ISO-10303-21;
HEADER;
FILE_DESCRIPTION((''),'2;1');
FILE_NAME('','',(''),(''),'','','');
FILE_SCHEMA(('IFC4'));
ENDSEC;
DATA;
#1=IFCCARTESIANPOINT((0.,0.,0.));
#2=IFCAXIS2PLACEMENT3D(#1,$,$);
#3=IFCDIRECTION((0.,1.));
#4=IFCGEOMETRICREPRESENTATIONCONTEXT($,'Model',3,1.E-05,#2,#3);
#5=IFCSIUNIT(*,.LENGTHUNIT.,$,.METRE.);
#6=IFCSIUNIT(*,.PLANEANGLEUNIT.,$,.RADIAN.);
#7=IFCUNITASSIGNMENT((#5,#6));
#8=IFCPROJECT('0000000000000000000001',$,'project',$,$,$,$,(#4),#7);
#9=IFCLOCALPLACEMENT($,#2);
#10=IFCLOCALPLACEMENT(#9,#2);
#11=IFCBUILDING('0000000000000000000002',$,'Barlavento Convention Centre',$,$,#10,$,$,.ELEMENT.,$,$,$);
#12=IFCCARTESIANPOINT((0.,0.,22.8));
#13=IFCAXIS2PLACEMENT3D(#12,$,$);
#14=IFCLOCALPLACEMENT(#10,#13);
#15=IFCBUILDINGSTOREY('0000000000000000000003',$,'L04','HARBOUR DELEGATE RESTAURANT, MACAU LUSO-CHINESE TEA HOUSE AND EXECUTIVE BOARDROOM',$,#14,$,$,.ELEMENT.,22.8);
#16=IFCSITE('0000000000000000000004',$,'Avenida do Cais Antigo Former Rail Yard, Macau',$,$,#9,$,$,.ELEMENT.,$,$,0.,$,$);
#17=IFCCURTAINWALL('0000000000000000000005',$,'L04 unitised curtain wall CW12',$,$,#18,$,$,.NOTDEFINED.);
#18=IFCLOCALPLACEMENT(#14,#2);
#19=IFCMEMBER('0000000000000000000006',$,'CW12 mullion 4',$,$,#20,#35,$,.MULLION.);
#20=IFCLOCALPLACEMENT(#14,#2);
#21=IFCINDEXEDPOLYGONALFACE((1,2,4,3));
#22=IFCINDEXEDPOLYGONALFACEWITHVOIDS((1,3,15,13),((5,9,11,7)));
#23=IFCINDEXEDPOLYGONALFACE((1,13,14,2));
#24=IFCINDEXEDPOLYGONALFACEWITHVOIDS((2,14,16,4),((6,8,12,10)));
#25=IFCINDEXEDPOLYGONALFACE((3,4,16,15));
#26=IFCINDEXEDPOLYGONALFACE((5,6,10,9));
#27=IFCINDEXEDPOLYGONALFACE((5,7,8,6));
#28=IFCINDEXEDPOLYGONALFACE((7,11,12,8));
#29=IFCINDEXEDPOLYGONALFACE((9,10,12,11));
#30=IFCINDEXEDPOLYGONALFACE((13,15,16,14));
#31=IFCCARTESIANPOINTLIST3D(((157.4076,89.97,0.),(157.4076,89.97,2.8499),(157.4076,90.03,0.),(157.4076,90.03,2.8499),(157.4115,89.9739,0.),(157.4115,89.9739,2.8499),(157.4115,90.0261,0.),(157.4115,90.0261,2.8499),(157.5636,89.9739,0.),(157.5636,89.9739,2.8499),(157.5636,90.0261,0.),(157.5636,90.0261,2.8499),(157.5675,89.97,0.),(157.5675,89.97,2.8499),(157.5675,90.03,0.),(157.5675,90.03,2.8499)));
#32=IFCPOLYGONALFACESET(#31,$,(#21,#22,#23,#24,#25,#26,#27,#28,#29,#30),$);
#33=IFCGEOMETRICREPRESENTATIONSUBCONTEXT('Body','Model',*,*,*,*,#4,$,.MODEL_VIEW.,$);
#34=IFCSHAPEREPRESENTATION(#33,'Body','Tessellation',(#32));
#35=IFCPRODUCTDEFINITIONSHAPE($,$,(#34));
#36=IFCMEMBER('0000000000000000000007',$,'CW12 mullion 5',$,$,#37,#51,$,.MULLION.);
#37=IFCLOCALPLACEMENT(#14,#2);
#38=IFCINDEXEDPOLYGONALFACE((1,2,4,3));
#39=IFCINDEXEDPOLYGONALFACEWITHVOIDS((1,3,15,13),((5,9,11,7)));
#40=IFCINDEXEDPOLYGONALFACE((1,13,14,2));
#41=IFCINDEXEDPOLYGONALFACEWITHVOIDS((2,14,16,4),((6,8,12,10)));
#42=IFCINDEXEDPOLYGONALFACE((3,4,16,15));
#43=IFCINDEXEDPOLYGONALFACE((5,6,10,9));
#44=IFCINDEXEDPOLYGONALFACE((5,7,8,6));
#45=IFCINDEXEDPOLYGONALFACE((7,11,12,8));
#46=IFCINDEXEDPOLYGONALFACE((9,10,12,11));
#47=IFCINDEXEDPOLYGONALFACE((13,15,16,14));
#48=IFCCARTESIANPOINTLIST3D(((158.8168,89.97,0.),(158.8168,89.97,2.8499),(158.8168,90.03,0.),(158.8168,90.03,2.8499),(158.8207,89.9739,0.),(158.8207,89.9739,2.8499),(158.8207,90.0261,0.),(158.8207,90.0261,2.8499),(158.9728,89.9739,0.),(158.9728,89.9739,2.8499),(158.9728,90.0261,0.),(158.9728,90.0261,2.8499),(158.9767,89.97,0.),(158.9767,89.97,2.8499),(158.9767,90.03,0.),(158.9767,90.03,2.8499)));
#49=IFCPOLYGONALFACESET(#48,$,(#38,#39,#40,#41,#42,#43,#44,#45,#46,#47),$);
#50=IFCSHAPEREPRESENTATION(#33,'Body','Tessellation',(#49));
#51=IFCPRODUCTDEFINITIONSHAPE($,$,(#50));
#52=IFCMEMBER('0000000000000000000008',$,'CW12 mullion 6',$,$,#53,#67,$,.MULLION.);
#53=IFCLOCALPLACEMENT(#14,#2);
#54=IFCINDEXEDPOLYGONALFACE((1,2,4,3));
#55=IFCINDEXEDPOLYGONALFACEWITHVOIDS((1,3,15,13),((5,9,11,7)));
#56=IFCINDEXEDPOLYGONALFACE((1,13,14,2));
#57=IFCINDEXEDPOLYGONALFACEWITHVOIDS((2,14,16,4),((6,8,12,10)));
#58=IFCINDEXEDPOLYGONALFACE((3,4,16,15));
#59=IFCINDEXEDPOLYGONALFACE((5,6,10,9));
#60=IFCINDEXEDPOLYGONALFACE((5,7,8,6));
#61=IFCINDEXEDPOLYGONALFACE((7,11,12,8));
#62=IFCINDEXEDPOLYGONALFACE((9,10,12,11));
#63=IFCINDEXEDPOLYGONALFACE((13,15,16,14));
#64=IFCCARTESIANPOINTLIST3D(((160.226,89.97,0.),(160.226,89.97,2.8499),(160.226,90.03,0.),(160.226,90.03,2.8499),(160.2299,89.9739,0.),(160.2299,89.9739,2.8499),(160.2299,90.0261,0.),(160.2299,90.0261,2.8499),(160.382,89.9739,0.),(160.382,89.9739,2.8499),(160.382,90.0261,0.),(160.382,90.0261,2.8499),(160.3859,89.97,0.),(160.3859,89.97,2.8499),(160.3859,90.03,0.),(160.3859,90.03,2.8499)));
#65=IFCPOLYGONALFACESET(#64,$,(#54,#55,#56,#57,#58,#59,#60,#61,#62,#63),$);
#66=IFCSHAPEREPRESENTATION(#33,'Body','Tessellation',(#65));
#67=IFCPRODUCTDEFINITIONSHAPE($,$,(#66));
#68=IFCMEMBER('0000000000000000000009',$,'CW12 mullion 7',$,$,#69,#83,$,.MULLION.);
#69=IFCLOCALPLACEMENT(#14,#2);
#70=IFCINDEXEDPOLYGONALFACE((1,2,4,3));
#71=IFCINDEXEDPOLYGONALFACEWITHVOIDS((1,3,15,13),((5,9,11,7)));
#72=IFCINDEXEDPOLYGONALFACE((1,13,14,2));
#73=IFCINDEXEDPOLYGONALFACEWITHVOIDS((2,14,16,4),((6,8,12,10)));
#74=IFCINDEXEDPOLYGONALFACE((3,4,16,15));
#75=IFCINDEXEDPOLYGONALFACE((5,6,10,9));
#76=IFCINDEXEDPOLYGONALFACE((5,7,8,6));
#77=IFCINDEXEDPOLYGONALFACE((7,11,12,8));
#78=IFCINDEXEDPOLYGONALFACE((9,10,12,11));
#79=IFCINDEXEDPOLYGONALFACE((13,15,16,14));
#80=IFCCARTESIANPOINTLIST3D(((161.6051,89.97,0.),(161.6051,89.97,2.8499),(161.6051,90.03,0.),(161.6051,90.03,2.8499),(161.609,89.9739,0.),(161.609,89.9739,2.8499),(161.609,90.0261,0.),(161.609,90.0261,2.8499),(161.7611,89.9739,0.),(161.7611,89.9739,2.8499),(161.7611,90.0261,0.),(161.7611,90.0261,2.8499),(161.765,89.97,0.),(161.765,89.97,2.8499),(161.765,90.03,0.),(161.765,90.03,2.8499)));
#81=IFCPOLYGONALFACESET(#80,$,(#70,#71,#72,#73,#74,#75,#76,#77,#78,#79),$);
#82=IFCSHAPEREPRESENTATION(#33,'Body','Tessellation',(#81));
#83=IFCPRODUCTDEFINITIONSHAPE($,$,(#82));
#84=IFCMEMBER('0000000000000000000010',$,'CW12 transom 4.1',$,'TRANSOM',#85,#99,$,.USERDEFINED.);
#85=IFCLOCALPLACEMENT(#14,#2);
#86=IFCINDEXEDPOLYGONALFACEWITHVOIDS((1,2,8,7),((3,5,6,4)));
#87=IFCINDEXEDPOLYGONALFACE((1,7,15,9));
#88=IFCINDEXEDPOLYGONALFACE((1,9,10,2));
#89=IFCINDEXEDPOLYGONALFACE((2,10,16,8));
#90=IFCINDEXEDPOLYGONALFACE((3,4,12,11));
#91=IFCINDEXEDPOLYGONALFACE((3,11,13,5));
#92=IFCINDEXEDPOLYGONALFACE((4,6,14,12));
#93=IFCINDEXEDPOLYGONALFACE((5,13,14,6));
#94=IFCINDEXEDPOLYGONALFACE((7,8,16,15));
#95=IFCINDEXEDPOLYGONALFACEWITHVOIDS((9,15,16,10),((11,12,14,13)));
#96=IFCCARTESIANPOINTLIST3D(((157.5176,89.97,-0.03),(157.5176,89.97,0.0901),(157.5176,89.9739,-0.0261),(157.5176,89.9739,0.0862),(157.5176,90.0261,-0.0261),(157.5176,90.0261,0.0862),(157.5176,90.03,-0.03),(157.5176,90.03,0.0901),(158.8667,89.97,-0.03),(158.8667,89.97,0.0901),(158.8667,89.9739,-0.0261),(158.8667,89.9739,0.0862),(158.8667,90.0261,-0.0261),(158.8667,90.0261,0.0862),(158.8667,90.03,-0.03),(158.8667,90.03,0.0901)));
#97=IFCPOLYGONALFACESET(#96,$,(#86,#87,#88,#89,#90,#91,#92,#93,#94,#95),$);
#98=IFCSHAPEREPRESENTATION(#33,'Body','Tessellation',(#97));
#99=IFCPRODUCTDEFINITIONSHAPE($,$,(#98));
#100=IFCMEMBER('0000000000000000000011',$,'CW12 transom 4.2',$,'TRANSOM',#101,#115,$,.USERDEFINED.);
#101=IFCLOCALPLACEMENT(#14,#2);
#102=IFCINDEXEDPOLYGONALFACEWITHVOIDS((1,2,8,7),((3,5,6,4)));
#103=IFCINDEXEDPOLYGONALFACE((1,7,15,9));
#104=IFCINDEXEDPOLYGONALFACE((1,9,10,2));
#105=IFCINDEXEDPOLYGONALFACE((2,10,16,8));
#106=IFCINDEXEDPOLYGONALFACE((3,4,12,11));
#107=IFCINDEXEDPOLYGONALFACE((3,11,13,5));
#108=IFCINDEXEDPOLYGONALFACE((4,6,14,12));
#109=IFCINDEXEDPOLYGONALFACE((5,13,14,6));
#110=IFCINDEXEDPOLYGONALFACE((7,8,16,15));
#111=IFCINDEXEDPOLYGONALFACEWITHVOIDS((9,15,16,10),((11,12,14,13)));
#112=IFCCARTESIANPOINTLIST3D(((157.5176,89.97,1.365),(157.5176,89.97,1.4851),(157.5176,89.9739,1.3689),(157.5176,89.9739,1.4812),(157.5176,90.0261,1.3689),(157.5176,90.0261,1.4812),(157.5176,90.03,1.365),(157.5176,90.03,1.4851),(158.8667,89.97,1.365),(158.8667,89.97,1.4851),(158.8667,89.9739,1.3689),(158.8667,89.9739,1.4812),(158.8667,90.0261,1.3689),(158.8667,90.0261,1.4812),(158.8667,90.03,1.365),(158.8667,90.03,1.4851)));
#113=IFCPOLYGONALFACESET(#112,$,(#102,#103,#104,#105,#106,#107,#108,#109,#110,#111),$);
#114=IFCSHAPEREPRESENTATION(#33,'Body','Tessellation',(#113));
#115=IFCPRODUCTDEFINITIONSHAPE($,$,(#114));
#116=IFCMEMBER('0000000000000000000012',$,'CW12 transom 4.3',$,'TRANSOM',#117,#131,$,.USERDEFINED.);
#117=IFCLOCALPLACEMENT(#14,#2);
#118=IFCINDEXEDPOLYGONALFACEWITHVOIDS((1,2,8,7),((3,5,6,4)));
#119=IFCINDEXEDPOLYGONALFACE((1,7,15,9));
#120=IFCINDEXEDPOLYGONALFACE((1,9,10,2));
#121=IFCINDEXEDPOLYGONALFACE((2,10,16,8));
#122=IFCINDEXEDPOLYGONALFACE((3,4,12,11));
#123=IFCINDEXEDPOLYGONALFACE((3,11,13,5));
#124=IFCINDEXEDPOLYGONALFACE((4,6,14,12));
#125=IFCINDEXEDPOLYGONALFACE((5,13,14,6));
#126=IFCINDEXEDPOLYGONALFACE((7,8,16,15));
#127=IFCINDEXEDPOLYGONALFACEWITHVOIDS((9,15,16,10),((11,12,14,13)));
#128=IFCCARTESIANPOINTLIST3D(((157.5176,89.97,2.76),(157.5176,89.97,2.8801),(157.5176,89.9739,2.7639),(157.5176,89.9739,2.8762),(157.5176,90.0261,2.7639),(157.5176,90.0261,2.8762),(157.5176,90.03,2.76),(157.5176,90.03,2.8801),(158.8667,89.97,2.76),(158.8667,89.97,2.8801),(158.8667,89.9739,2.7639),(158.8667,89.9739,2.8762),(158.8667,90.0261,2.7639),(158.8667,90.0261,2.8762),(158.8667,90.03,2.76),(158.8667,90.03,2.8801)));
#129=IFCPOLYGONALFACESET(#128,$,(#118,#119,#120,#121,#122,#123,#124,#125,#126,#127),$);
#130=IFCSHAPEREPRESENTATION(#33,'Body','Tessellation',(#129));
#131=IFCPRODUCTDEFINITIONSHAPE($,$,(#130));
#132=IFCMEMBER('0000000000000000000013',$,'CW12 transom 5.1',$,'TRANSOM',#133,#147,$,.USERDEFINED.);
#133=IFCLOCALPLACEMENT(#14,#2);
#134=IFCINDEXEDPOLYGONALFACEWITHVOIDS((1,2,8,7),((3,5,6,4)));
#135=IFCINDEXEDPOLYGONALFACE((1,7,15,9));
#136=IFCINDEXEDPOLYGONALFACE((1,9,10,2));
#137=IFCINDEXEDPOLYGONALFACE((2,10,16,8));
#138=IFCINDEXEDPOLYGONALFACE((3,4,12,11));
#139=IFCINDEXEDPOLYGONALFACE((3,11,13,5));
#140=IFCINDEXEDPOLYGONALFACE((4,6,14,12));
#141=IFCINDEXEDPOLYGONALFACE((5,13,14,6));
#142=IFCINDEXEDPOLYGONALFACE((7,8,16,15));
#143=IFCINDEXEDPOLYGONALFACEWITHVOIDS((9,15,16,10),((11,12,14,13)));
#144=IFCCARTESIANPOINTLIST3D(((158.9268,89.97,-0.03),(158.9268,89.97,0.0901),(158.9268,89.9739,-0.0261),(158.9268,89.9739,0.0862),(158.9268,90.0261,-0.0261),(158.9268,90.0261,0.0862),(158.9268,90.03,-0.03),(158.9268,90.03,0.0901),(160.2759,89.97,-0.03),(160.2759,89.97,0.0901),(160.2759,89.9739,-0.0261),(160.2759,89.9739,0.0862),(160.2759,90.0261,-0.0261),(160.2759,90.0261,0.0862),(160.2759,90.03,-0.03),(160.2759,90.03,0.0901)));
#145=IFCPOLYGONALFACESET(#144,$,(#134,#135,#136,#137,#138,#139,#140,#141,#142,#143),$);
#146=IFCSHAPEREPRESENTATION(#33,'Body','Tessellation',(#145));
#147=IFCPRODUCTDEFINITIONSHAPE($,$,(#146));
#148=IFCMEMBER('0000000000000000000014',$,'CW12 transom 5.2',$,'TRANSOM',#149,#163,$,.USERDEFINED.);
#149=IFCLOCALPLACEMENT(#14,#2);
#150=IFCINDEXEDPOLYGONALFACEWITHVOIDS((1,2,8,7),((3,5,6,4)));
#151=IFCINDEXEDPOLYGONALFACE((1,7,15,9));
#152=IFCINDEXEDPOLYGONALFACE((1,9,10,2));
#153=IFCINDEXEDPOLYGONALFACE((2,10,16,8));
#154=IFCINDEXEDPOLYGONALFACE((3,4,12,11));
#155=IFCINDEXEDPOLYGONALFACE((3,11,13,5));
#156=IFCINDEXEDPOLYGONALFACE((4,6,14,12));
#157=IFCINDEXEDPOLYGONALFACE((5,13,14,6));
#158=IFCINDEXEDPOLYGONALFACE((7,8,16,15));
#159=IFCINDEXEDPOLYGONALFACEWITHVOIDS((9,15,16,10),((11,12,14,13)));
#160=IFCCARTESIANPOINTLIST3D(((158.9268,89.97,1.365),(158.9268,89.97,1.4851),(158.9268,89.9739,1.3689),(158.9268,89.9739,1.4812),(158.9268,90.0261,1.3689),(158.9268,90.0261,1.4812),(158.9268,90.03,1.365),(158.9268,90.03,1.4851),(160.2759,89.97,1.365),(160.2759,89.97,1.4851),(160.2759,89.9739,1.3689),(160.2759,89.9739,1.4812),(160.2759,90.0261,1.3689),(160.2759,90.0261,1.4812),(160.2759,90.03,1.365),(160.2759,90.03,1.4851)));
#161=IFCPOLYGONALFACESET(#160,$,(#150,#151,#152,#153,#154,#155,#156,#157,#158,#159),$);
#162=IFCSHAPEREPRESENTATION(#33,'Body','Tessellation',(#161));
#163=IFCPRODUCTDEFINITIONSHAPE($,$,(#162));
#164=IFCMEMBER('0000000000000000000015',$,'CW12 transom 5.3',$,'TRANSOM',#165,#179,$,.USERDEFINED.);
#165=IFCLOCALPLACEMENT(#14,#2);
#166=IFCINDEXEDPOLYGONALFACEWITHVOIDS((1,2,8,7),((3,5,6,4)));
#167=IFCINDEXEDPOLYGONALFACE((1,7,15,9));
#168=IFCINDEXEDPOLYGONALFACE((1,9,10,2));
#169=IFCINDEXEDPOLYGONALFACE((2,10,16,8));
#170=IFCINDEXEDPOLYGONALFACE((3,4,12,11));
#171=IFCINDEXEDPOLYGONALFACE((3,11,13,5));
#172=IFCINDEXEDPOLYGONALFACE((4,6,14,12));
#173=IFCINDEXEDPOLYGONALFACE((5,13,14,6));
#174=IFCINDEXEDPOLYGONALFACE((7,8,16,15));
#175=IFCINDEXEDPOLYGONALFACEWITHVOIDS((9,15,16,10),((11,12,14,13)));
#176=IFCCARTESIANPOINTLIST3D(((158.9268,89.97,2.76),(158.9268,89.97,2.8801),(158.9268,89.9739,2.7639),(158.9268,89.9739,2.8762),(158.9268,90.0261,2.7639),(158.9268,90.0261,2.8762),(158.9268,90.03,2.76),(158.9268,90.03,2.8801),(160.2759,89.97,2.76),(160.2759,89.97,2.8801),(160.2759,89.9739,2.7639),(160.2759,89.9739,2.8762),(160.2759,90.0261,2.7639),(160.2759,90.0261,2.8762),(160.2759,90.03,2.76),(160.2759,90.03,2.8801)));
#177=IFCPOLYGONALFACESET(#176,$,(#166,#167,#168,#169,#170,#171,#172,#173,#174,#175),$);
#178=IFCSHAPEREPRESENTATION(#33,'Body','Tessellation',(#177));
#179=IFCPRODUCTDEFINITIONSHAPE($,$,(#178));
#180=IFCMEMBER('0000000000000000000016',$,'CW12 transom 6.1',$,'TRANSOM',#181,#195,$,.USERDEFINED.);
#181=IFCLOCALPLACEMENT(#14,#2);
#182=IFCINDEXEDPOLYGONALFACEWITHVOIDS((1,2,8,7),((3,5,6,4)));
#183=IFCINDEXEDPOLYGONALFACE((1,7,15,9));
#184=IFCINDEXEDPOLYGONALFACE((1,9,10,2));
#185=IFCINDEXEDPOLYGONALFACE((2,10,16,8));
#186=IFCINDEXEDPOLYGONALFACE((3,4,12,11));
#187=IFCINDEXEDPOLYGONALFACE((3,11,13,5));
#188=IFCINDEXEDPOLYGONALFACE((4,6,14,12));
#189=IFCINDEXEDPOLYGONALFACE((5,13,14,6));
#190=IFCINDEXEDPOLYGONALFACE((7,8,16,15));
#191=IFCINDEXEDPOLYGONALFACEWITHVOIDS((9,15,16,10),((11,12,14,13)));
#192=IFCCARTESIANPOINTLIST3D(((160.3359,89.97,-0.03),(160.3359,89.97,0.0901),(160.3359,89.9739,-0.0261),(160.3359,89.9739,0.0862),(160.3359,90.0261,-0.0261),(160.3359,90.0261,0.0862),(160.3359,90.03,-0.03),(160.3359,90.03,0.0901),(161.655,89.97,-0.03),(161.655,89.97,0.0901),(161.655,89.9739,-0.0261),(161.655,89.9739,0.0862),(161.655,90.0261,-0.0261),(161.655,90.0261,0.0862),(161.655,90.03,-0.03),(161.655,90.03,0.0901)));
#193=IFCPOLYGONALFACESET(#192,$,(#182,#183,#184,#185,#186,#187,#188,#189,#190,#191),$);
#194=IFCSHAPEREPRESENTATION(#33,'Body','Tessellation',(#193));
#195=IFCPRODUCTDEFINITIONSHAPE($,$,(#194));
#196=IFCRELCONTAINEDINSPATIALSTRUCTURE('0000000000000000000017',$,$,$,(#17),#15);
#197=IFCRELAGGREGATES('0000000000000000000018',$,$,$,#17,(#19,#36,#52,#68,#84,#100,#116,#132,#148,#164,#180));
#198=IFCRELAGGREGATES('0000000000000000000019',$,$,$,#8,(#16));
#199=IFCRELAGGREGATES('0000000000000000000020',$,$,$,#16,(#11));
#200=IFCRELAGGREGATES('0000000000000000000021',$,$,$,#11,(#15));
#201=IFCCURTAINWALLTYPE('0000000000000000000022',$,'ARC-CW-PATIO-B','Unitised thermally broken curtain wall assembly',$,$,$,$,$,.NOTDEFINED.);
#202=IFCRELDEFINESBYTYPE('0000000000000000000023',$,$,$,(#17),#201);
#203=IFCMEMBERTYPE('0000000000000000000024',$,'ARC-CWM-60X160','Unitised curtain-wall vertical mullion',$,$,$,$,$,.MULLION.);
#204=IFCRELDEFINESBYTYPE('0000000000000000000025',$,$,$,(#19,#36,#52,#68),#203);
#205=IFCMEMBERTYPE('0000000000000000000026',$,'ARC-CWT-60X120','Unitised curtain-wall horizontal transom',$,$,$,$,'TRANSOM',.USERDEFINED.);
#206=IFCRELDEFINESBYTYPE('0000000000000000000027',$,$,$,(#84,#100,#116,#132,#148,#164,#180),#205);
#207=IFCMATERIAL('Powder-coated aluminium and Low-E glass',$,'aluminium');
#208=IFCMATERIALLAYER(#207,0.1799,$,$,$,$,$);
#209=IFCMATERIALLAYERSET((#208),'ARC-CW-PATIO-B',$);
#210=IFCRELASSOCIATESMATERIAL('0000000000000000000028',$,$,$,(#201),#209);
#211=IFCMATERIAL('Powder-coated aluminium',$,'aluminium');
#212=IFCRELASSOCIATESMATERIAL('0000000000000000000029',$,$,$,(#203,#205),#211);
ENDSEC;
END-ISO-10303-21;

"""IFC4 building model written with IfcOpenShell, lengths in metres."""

from ifc_helpers import new_model, si_unit, direction, frame, origin, origin_2d, place, context, subcontext, project, spatial, hollow_rectangle, extrude, material, layer, layer_set, material_profile, profile_set, type_object, element, aggregate, save


model = new_model("IFC4")

# Units and contexts
model_context = context("Model", 3, precision=1e-05, world=origin(), true_north=direction((0.0, 1.0)))
body_context = subcontext(model_context, "Body", "Model", "MODEL_VIEW")
ifc_project = project(units=[si_unit("LENGTHUNIT", "METRE"), si_unit("PLANEANGLEUNIT", "RADIAN")], contexts=[model_context])

# Site, building, storey
site_placement = place(None, origin())
site = spatial("IfcSite", under=ifc_project, at=site_placement, Name="Avenida do Cais Antigo Former Rail Yard, Macau", CompositionType="ELEMENT", RefElevation=0.0)
building_placement = place(site_placement, origin())
building = spatial("IfcBuilding", under=site, at=building_placement, Name="Barlavento Convention Centre", CompositionType="ELEMENT")
storey_placement = place(building_placement, frame((0.0, 0.0, 22.8)))
storey = spatial("IfcBuildingStorey", under=building, at=storey_placement, Name="L04", Description="HARBOUR DELEGATE RESTAURANT, MACAU LUSO-CHINESE TEA HOUSE AND EXECUTIVE BOARDROOM", CompositionType="ELEMENT", Elevation=22.8)

# Curtain wall, members
ifc_material_1 = material(Name="Powder-coated aluminium and Low-E glass", Category="aluminium")
ifc_layer_1 = layer(ifc_material_1, 0.1799)
ifc_layer_set_1 = layer_set([ifc_layer_1], Name="ARC-CW-PATIO-B")
curtain_wall_type = type_object("IfcCurtainWallType", Name="ARC-CW-PATIO-B", Description="Unitised thermally broken curtain wall assembly", PredefinedType="NOTDEFINED", material=ifc_layer_set_1)
curtain_wall_placement = place(storey_placement, origin())
curtain_wall = element("IfcCurtainWall", 1, at=curtain_wall_placement, inside=storey, type_object=curtain_wall_type, Name="L04 unitised curtain wall CW12", PredefinedType="NOTDEFINED")
ifc_material_2 = material(Name="Powder-coated aluminium", Category="aluminium")
ifc_material_profile_1 = material_profile(ifc_material_2, hollow_rectangle(XDim=0.0601, YDim=0.1599, WallThickness=0.0039, at=origin_2d()), Name="AL-MULL 60x160x4")
ifc_profile_set_1 = profile_set([ifc_material_profile_1], Name="Powder-coated aluminium")
member_type_1 = type_object("IfcMemberType", Name="ARC-CWM-60X160", Description="Unitised curtain-wall vertical mullion", PredefinedType="MULLION", material=ifc_profile_set_1)
member_1_placement = place(storey_placement, frame((157.4875, 90.0, 0.0), z_axis=(0.0, 0.0, 1.0), x_axis=(0.0, 1.0, 0.0)))
member_1 = element("IfcMember", 2, at=member_1_placement, type_object=member_type_1, Name="CW12 mullion 4", PredefinedType="MULLION", context=body_context, shape_type="SweptSolid", body=[
    extrude(hollow_rectangle(XDim=0.0601, YDim=0.1599, WallThickness=0.0039, at=origin_2d()), origin(), (0.0, 0.0, 1.0), 2.8499),
])
member_2_placement = place(storey_placement, frame((158.8967, 90.0, 0.0), z_axis=(0.0, 0.0, 1.0), x_axis=(0.0, 1.0, 0.0)))
member_2 = element("IfcMember", 3, at=member_2_placement, type_object=member_type_1, Name="CW12 mullion 5", PredefinedType="MULLION", context=body_context, shape_type="SweptSolid", body=[
    extrude(hollow_rectangle(XDim=0.0601, YDim=0.1599, WallThickness=0.0039, at=origin_2d()), origin(), (0.0, 0.0, 1.0), 2.8499),
])
member_3_placement = place(storey_placement, frame((160.3059, 90.0, 0.0), z_axis=(0.0, 0.0, 1.0), x_axis=(0.0, 1.0, 0.0)))
member_3 = element("IfcMember", 4, at=member_3_placement, type_object=member_type_1, Name="CW12 mullion 6", PredefinedType="MULLION", context=body_context, shape_type="SweptSolid", body=[
    extrude(hollow_rectangle(XDim=0.0601, YDim=0.1599, WallThickness=0.0039, at=origin_2d()), origin(), (0.0, 0.0, 1.0), 2.8499),
])
member_4_placement = place(storey_placement, frame((161.6851, 90.0, 0.0), z_axis=(0.0, 0.0, 1.0), x_axis=(0.0, 1.0, 0.0)))
member_4 = element("IfcMember", 5, at=member_4_placement, type_object=member_type_1, Name="CW12 mullion 7", PredefinedType="MULLION", context=body_context, shape_type="SweptSolid", body=[
    extrude(hollow_rectangle(XDim=0.0601, YDim=0.1599, WallThickness=0.0039, at=origin_2d()), origin(), (0.0, 0.0, 1.0), 2.8499),
])
ifc_material_profile_2 = material_profile(ifc_material_2, hollow_rectangle(XDim=0.0601, YDim=0.1201, WallThickness=0.0039, at=origin_2d()), Name="AL-TRAN 60x120x4")
ifc_profile_set_2 = profile_set([ifc_material_profile_2], Name="Powder-coated aluminium")
member_type_2 = type_object("IfcMemberType", Name="ARC-CWT-60X120", Description="Unitised curtain-wall horizontal transom", ElementType="TRANSOM", PredefinedType="USERDEFINED", material=ifc_profile_set_2)
member_5_placement = place(storey_placement, frame((157.5176, 90.0, 0.03), z_axis=(1.0, 0.0, 0.0), x_axis=(0.0, 1.0, 0.0)))
member_5 = element("IfcMember", 6, at=member_5_placement, type_object=member_type_2, Name="CW12 transom 4.1", ObjectType="TRANSOM", PredefinedType="USERDEFINED", context=body_context, shape_type="SweptSolid", body=[
    extrude(hollow_rectangle(XDim=0.0601, YDim=0.1201, WallThickness=0.0039, at=origin_2d()), origin(), (0.0, 0.0, 1.0), 1.3491),
])
member_6_placement = place(storey_placement, frame((157.5176, 90.0, 1.425), z_axis=(1.0, 0.0, 0.0), x_axis=(0.0, 1.0, 0.0)))
member_6 = element("IfcMember", 7, at=member_6_placement, type_object=member_type_2, Name="CW12 transom 4.2", ObjectType="TRANSOM", PredefinedType="USERDEFINED", context=body_context, shape_type="SweptSolid", body=[
    extrude(hollow_rectangle(XDim=0.0601, YDim=0.1201, WallThickness=0.0039, at=origin_2d()), origin(), (0.0, 0.0, 1.0), 1.3491),
])
member_7_placement = place(storey_placement, frame((157.5176, 90.0, 2.8201), z_axis=(1.0, 0.0, 0.0), x_axis=(0.0, 1.0, 0.0)))
member_7 = element("IfcMember", 8, at=member_7_placement, type_object=member_type_2, Name="CW12 transom 4.3", ObjectType="TRANSOM", PredefinedType="USERDEFINED", context=body_context, shape_type="SweptSolid", body=[
    extrude(hollow_rectangle(XDim=0.0601, YDim=0.1201, WallThickness=0.0039, at=origin_2d()), origin(), (0.0, 0.0, 1.0), 1.3491),
])
member_8_placement = place(storey_placement, frame((158.9268, 90.0, 0.03), z_axis=(1.0, 0.0, 0.0), x_axis=(0.0, 1.0, 0.0)))
member_8 = element("IfcMember", 9, at=member_8_placement, type_object=member_type_2, Name="CW12 transom 5.1", ObjectType="TRANSOM", PredefinedType="USERDEFINED", context=body_context, shape_type="SweptSolid", body=[
    extrude(hollow_rectangle(XDim=0.0601, YDim=0.1201, WallThickness=0.0039, at=origin_2d()), origin(), (0.0, 0.0, 1.0), 1.3491),
])
member_9_placement = place(storey_placement, frame((158.9268, 90.0, 1.425), z_axis=(1.0, 0.0, 0.0), x_axis=(0.0, 1.0, 0.0)))
member_9 = element("IfcMember", 10, at=member_9_placement, type_object=member_type_2, Name="CW12 transom 5.2", ObjectType="TRANSOM", PredefinedType="USERDEFINED", context=body_context, shape_type="SweptSolid", body=[
    extrude(hollow_rectangle(XDim=0.0601, YDim=0.1201, WallThickness=0.0039, at=origin_2d()), origin(), (0.0, 0.0, 1.0), 1.3491),
])
member_10_placement = place(storey_placement, frame((158.9268, 90.0, 2.8201), z_axis=(1.0, 0.0, 0.0), x_axis=(0.0, 1.0, 0.0)))
member_10 = element("IfcMember", 11, at=member_10_placement, type_object=member_type_2, Name="CW12 transom 5.3", ObjectType="TRANSOM", PredefinedType="USERDEFINED", context=body_context, shape_type="SweptSolid", body=[
    extrude(hollow_rectangle(XDim=0.0601, YDim=0.1201, WallThickness=0.0039, at=origin_2d()), origin(), (0.0, 0.0, 1.0), 1.3491),
])
member_11_placement = place(storey_placement, frame((160.3359, 90.0, 0.03), z_axis=(1.0, 0.0, 0.0), x_axis=(0.0, 1.0, 0.0)))
member_11 = element("IfcMember", 12, at=member_11_placement, type_object=member_type_2, Name="CW12 transom 6.1", ObjectType="TRANSOM", PredefinedType="USERDEFINED", context=body_context, shape_type="SweptSolid", body=[
    extrude(hollow_rectangle(XDim=0.0601, YDim=0.1201, WallThickness=0.0039, at=origin_2d()), origin(), (0.0, 0.0, 1.0), 1.3191),
])

aggregate(curtain_wall, [member_1, member_2, member_3, member_4, member_5, member_6, member_7, member_8, member_9, member_10, member_11])

save(model, "model.ifc")
